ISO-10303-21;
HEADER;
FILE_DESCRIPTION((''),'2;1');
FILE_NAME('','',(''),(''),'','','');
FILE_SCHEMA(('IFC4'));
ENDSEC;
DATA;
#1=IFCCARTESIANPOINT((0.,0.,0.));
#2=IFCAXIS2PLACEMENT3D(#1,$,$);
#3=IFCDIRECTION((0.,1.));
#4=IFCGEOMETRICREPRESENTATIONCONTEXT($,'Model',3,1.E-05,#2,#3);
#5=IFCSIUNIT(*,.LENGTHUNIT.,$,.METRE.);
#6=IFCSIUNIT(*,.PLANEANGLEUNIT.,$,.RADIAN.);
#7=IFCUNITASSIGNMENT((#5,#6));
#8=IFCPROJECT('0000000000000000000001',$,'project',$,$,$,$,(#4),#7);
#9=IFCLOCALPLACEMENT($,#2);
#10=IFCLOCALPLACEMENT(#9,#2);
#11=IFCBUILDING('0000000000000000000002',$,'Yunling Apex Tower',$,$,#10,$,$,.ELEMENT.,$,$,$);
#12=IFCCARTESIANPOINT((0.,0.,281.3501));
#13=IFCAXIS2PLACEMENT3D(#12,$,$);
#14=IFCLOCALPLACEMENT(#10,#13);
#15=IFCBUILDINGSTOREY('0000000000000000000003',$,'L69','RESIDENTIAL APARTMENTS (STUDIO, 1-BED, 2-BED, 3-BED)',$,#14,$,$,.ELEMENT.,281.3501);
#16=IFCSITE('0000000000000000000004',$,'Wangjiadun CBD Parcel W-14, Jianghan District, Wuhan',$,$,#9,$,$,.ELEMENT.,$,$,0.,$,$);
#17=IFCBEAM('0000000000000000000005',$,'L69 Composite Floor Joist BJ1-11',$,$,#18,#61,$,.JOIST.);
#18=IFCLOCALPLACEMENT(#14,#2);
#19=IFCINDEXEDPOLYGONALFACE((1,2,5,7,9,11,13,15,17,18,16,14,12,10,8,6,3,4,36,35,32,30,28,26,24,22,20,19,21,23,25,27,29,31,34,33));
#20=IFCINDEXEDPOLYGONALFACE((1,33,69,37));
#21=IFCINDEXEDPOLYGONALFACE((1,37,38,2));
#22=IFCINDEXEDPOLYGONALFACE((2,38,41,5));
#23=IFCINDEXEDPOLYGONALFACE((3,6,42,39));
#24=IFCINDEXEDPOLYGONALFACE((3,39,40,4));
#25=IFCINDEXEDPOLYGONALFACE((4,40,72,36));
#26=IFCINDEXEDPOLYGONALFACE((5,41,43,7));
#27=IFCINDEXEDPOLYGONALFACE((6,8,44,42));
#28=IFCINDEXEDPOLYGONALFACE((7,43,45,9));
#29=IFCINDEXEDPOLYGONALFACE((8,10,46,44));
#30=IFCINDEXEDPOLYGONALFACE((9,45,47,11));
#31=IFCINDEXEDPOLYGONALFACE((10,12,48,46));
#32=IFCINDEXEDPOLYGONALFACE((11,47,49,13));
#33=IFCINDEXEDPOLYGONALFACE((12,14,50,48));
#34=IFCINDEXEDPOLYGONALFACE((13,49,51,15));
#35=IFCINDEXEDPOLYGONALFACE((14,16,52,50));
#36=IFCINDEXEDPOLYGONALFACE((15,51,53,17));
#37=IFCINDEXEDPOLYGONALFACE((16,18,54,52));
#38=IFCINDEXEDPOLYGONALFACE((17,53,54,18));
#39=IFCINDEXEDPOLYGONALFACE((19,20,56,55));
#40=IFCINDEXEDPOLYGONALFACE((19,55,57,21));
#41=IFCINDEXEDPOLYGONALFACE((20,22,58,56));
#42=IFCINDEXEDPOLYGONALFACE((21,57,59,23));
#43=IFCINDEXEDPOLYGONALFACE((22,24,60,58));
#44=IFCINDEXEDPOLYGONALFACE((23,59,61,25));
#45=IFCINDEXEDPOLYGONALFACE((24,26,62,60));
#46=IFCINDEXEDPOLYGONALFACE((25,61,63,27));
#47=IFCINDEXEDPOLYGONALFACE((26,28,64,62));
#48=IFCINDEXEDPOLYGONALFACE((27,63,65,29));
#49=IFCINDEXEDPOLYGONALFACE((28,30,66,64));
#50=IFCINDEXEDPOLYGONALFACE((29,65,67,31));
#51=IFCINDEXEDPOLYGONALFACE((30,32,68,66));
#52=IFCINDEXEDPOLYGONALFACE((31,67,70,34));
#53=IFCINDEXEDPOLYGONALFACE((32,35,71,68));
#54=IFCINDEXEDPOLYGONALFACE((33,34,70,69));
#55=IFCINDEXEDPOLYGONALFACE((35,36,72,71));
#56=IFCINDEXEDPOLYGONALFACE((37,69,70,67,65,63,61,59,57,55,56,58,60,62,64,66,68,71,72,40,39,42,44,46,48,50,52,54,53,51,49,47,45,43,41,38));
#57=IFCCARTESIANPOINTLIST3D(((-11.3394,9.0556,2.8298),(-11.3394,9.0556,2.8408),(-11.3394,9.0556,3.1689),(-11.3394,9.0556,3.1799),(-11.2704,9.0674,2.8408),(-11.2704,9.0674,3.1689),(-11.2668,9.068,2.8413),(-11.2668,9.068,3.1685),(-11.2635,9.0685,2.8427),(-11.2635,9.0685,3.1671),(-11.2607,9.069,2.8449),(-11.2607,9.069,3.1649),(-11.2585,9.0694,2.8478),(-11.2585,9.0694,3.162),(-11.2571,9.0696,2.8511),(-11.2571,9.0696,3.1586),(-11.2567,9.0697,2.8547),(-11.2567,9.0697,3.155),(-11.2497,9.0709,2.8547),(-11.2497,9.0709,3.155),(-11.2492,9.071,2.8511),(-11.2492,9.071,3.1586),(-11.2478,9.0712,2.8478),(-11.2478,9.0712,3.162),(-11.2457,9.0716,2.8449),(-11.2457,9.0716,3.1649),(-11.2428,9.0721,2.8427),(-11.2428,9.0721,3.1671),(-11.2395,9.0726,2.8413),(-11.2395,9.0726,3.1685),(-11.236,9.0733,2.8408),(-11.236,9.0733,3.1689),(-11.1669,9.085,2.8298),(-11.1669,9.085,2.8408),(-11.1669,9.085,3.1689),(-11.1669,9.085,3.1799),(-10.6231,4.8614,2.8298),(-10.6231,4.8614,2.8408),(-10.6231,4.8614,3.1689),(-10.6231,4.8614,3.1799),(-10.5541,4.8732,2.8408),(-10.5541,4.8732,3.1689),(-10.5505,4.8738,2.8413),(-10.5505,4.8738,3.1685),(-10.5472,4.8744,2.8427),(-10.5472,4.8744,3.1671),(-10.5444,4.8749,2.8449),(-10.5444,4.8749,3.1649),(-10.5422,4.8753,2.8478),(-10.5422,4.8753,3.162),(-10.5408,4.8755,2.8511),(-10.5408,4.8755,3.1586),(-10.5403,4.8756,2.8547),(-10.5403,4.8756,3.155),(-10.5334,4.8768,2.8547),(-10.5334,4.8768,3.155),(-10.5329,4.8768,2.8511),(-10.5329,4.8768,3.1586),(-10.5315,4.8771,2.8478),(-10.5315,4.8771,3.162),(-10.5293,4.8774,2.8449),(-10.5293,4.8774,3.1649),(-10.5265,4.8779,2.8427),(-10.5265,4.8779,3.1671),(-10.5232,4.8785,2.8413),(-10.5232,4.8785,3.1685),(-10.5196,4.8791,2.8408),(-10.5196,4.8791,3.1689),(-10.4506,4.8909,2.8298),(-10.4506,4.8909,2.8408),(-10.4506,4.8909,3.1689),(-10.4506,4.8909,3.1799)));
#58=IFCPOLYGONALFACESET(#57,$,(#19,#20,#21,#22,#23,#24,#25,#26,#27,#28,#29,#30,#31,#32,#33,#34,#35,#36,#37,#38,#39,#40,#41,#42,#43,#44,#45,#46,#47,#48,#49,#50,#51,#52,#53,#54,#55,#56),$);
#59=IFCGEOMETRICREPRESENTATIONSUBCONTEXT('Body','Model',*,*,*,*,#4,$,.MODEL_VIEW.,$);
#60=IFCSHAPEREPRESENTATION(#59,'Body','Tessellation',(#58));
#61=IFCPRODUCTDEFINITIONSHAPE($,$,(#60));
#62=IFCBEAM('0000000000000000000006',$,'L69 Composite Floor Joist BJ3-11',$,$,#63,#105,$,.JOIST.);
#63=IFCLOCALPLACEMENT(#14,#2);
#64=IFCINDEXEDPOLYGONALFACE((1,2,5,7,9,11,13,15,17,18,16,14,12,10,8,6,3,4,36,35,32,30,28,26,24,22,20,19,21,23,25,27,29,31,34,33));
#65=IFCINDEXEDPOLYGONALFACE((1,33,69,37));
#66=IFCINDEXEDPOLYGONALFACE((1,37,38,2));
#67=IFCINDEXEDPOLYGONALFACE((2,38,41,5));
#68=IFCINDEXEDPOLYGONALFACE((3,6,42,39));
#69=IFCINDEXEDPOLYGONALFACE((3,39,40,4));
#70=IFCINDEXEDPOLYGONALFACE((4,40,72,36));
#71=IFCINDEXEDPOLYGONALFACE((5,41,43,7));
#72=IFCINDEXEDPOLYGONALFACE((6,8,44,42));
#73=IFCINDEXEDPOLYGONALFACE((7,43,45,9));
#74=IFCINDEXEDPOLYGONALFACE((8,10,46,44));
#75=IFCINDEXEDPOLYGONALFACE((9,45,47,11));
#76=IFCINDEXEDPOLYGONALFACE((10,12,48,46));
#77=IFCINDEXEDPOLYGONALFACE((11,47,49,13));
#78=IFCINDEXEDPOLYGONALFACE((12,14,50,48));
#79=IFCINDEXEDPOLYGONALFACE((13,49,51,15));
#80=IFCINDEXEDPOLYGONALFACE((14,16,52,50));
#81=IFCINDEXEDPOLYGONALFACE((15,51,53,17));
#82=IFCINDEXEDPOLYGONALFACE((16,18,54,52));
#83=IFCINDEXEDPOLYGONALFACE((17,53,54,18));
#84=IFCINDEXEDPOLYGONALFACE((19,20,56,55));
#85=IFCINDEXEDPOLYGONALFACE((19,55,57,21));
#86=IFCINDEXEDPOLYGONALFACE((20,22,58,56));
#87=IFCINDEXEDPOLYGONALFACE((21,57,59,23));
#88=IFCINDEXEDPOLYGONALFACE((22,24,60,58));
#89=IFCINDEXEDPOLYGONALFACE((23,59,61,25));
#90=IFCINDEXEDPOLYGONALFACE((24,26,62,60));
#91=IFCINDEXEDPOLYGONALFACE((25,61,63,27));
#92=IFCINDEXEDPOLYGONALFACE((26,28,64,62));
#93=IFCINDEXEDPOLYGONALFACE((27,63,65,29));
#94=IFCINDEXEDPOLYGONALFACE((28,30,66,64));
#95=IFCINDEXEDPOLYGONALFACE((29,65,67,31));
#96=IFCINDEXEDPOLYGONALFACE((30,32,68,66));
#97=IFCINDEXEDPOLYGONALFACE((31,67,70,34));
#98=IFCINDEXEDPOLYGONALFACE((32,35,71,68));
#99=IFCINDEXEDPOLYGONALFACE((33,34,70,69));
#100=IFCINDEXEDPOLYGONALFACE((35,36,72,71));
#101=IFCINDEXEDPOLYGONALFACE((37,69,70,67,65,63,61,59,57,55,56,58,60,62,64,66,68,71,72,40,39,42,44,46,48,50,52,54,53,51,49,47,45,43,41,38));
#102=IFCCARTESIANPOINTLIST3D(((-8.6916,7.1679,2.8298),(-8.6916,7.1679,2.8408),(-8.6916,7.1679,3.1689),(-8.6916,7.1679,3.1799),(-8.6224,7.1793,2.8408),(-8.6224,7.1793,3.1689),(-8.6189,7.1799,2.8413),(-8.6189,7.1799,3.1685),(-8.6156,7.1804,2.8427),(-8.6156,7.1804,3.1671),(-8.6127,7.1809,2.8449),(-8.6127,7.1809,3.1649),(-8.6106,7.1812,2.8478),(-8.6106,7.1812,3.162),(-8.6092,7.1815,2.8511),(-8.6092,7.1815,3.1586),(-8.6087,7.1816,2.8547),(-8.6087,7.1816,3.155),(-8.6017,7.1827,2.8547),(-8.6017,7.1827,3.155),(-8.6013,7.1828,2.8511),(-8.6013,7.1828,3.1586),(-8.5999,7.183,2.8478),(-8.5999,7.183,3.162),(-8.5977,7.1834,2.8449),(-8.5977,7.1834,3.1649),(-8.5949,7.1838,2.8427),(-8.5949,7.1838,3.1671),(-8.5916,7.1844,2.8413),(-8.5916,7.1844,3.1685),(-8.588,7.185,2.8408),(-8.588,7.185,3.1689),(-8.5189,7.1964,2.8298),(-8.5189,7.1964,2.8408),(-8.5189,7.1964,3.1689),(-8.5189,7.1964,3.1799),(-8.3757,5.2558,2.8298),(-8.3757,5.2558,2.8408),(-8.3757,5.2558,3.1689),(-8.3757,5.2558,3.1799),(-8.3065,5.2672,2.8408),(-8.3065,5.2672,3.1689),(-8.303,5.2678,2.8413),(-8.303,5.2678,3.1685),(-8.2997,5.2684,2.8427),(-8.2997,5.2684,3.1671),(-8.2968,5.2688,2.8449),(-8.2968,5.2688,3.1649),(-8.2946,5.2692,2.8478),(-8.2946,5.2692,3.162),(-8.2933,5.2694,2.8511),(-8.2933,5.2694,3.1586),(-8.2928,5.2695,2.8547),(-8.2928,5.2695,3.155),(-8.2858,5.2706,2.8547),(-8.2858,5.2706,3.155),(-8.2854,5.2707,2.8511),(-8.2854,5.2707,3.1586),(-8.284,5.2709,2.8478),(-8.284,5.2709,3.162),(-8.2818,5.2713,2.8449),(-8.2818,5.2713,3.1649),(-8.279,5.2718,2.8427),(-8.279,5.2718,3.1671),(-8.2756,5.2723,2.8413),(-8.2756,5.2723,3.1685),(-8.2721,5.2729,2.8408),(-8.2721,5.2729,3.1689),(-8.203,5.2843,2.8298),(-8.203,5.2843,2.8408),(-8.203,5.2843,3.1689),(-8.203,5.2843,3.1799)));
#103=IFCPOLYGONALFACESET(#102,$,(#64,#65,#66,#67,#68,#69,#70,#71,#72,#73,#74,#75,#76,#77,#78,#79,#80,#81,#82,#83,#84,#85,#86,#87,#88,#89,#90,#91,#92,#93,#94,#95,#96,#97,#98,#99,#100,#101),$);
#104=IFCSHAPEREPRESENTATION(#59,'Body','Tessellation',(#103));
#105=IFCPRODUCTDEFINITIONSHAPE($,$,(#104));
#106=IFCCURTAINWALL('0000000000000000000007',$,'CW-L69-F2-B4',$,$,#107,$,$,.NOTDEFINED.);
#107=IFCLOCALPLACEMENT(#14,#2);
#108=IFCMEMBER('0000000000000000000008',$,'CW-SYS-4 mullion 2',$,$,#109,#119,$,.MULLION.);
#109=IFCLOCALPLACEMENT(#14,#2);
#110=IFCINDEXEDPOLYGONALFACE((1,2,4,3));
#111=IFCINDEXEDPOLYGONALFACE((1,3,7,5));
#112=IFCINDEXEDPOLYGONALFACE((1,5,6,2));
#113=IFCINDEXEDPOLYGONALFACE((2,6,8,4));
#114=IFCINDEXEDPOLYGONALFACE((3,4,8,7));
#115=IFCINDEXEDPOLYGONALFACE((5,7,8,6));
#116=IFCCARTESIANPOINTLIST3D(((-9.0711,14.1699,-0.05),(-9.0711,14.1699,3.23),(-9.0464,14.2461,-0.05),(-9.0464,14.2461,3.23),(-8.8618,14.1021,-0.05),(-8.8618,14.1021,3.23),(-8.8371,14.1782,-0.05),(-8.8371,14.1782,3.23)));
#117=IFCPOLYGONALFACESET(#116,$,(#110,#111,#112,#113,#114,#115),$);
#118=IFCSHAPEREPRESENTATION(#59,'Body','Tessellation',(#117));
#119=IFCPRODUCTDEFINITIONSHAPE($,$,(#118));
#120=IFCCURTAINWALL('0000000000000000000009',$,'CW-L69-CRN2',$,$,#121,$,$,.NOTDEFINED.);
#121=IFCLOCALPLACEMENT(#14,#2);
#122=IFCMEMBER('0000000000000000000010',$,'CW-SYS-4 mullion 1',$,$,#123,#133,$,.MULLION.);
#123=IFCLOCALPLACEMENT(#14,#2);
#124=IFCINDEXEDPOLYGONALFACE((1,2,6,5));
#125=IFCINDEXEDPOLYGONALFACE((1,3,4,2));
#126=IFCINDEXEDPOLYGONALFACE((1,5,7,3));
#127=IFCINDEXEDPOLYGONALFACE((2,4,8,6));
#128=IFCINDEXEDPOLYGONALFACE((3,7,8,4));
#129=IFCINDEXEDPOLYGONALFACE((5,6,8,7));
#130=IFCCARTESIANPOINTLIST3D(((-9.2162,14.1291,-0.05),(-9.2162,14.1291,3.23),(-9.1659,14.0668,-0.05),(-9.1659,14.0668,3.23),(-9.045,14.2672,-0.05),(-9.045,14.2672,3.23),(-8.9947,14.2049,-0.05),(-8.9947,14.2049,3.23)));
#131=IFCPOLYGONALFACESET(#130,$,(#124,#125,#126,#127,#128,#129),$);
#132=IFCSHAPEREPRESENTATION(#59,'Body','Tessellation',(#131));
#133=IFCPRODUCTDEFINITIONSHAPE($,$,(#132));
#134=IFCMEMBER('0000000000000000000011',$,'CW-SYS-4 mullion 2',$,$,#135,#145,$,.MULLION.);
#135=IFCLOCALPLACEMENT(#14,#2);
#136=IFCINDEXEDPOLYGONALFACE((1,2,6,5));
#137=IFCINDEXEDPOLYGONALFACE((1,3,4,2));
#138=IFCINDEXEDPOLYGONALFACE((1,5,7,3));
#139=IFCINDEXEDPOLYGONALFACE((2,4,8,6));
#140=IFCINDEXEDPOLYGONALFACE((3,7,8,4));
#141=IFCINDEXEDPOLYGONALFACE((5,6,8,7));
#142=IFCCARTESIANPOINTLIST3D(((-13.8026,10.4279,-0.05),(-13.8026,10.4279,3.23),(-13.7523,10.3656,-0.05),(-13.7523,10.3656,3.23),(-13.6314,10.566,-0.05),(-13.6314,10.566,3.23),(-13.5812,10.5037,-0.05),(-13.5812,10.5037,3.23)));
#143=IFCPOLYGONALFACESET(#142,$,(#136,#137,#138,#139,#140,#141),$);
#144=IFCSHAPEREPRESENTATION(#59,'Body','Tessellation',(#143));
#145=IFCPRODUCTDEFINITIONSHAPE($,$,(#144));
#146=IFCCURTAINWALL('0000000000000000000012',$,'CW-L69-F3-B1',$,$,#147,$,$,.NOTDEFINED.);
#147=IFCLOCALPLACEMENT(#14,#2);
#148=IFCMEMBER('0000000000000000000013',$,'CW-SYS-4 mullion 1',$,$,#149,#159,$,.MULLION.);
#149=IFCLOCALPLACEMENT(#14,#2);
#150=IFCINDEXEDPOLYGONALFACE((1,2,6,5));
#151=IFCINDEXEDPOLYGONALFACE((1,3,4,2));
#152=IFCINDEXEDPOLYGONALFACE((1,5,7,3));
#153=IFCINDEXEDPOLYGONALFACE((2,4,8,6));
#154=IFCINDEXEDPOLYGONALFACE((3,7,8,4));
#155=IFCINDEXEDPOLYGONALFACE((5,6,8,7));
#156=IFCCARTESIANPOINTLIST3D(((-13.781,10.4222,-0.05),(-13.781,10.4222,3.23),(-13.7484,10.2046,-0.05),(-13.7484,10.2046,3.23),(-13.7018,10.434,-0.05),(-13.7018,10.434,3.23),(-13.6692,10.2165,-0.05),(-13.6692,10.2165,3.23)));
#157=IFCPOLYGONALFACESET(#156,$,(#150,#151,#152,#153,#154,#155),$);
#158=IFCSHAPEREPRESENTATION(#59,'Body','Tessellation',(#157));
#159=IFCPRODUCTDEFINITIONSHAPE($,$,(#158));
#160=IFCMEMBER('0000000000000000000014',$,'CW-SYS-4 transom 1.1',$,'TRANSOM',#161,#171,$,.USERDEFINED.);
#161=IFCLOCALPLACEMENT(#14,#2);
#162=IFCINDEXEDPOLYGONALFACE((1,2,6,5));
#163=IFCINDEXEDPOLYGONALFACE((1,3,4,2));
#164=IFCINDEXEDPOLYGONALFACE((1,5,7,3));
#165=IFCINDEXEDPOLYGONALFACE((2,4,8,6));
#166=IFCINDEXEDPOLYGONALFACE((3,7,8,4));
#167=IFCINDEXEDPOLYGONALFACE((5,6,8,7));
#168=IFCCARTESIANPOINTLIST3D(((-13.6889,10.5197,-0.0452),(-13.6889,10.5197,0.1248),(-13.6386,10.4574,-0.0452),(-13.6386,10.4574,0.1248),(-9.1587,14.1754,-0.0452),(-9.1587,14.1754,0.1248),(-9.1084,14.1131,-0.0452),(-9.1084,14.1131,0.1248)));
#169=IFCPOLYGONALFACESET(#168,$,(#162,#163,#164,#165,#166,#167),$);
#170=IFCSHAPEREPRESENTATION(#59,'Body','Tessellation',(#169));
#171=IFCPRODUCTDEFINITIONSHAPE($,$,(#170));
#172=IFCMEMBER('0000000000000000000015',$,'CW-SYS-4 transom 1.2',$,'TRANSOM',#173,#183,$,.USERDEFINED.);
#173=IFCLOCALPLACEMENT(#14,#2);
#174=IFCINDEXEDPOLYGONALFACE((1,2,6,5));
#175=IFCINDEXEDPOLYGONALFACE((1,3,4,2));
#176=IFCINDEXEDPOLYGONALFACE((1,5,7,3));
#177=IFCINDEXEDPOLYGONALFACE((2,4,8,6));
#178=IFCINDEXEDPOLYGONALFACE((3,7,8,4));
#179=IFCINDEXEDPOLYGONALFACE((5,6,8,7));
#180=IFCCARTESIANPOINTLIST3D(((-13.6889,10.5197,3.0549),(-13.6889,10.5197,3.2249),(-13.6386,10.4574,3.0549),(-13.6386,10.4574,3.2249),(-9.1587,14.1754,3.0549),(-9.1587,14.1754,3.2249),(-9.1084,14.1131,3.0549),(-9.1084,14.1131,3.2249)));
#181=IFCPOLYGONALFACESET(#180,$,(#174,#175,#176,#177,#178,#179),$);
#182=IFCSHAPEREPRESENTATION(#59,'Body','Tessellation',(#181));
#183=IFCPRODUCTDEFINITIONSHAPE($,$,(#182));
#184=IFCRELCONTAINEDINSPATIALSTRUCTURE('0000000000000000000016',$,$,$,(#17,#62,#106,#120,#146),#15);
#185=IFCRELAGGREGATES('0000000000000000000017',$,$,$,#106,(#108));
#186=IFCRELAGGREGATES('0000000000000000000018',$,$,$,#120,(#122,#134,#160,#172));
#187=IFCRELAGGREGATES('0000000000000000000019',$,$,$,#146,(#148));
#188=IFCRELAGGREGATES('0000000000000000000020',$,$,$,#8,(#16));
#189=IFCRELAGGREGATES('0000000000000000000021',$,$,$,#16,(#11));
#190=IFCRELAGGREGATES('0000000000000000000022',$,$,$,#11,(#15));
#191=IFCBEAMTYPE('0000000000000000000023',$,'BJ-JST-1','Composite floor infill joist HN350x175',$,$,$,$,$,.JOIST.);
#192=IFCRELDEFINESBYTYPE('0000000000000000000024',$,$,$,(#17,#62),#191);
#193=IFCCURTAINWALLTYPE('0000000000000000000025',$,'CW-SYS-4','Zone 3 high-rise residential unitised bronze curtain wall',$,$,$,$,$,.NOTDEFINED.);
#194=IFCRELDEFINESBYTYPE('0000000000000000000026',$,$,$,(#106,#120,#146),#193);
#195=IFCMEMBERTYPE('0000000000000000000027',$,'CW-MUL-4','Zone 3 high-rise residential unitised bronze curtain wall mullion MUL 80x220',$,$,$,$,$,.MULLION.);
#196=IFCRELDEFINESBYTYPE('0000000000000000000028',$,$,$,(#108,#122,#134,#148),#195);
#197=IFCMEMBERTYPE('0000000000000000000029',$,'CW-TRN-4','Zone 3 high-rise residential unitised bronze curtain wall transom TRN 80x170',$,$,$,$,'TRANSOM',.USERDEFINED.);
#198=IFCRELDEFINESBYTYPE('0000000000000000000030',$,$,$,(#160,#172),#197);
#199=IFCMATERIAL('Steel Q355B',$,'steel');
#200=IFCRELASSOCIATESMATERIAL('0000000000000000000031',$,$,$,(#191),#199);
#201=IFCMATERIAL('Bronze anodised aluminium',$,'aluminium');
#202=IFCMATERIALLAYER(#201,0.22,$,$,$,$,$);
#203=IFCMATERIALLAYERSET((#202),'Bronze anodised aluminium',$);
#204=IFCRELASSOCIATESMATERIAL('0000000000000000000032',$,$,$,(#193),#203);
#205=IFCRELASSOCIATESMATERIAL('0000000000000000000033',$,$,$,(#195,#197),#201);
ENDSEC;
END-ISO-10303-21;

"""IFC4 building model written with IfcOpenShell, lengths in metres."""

from ifc_helpers import new_model, si_unit, direction, frame, origin, origin_2d, place, context, subcontext, project, spatial, rectangle, i_section, extrude, source, transform, mapped, material, layer, layer_set, material_profile, profile_set, type_object, element, aggregate, save


model = new_model("IFC4")

# Units and contexts
model_context = context("Model", 3, precision=1e-05, world=origin(), true_north=direction((0.0, 1.0)))
body_context = subcontext(model_context, "Body", "Model", "MODEL_VIEW")
ifc_project = project(units=[si_unit("LENGTHUNIT", "METRE"), si_unit("PLANEANGLEUNIT", "RADIAN")], contexts=[model_context])

# Site, building, storey
site_placement = place(None, origin())
site = spatial("IfcSite", under=ifc_project, at=site_placement, Name="Wangjiadun CBD Parcel W-14, Jianghan District, Wuhan", CompositionType="ELEMENT", RefElevation=0.0)
building_placement = place(site_placement, origin())
building = spatial("IfcBuilding", under=site, at=building_placement, Name="Yunling Apex Tower", CompositionType="ELEMENT")
storey_placement = place(building_placement, frame((0.0, 0.0, 281.3501)))
storey = spatial("IfcBuildingStorey", under=building, at=storey_placement, Name="L69", Description="RESIDENTIAL APARTMENTS (STUDIO, 1-BED, 2-BED, 3-BED)", CompositionType="ELEMENT", Elevation=281.3501)

# Shared definitions
ifc_material_1 = material(Name="Steel Q355B", Category="steel")

# Beams
ifc_material_profile_1 = material_profile(ifc_material_1, i_section(OverallWidth=0.175, OverallDepth=0.3501, WebThickness=0.0071, FlangeThickness=0.011, FilletRadius=0.0139, at=origin_2d()))
ifc_profile_set_1 = profile_set([ifc_material_profile_1], Name="Steel Q355B")
beam_type_1 = type_object("IfcBeamType", Name="BJ-JST-1", Description="Composite floor infill joist HN350x175", PredefinedType="JOIST", material=ifc_profile_set_1)
shared_shape_1 = source(origin(), body_context, "Body", "SweptSolid", [
    extrude(i_section(OverallWidth=0.175, OverallDepth=0.3501, WebThickness=0.0071, FlangeThickness=0.011, FilletRadius=0.0139, at=origin_2d()), origin(), (0.0, 0.0, 1.0), 4.2549),
])
beam_1_placement = place(storey_placement, frame((-11.2532, 9.0703, 3.0049), z_axis=(0.168352, -0.985727, 0.0), x_axis=(0.985727, 0.168352, 0.0)))
element("IfcBeam", 1, at=beam_1_placement, inside=storey, type_object=beam_type_1, Name="L69 Composite Floor Joist BJ1-11", PredefinedType="JOIST", context=body_context, shape_type="MappedRepresentation", body=[
    mapped(shared_shape_1, transform((0.0, 0.0, 0.0), scale=1.0)),
])
shared_shape_2 = source(origin(), body_context, "Body", "SweptSolid", [
    extrude(i_section(OverallWidth=0.175, OverallDepth=0.3501, WebThickness=0.0071, FlangeThickness=0.011, FilletRadius=0.0139, at=origin_2d()), origin(), (0.0, 0.0, 1.0), 1.938),
])
beam_2_placement = place(storey_placement, frame((-8.6052, 7.1821, 3.0049), z_axis=(0.16301, -0.986624, 0.0), x_axis=(0.986624, 0.16301, 0.0)))
element("IfcBeam", 2, at=beam_2_placement, inside=storey, type_object=beam_type_1, Name="L69 Composite Floor Joist BJ3-11", PredefinedType="JOIST", context=body_context, shape_type="MappedRepresentation", body=[
    mapped(shared_shape_2, transform((0.0, 0.0, 0.0), scale=1.0)),
])

# Curtain wall, member
ifc_material_2 = material(Name="Bronze anodised aluminium", Category="aluminium")
ifc_layer_1 = layer(ifc_material_2, 0.22)
ifc_layer_set_1 = layer_set([ifc_layer_1], Name="Bronze anodised aluminium")
curtain_wall_type = type_object("IfcCurtainWallType", Name="CW-SYS-4", Description="Zone 3 high-rise residential unitised bronze curtain wall", PredefinedType="NOTDEFINED", material=ifc_layer_set_1)
curtain_wall_1_placement = place(storey_placement, origin())
curtain_wall_1 = element("IfcCurtainWall", 3, at=curtain_wall_1_placement, inside=storey, type_object=curtain_wall_type, Name="CW-L69-F2-B4", PredefinedType="NOTDEFINED")
ifc_material_profile_2 = material_profile(ifc_material_2, rectangle(XDim=0.0801, YDim=0.22, at=origin_2d()))
ifc_profile_set_2 = profile_set([ifc_material_profile_2], Name="Bronze anodised aluminium")
member_type_1 = type_object("IfcMemberType", Name="CW-MUL-4", Description="Zone 3 high-rise residential unitised bronze curtain wall mullion MUL 80x220", PredefinedType="MULLION", material=ifc_profile_set_2)
shared_shape_3 = source(origin(), body_context, "Body", "SweptSolid", [
    extrude(rectangle(XDim=0.0801, YDim=0.22, at=origin_2d()), origin(), (0.0, 0.0, 1.0), 3.28),
])
member_1_placement = place(storey_placement, frame((-8.9541, 14.1741, -0.05), z_axis=(0.0, 0.0, 1.0), x_axis=(-0.308353, -0.951272, 0.0)))
member_1 = element("IfcMember", 4, at=member_1_placement, type_object=member_type_1, Name="CW-SYS-4 mullion 2", PredefinedType="MULLION", context=body_context, shape_type="MappedRepresentation", body=[
    mapped(shared_shape_3, transform((0.0, 0.0, 0.0), scale=1.0)),
])

# Curtain wall, members
curtain_wall_2_placement = place(storey_placement, origin())
curtain_wall_2 = element("IfcCurtainWall", 5, at=curtain_wall_2_placement, inside=storey, type_object=curtain_wall_type, Name="CW-L69-CRN2", PredefinedType="NOTDEFINED")
member_2_placement = place(storey_placement, frame((-9.1055, 14.167, -0.05), z_axis=(0.0, 0.0, 1.0), x_axis=(0.627989, -0.778222, 0.0)))
member_2 = element("IfcMember", 6, at=member_2_placement, type_object=member_type_1, Name="CW-SYS-4 mullion 1", PredefinedType="MULLION", context=body_context, shape_type="MappedRepresentation", body=[
    mapped(shared_shape_3, transform((0.0, 0.0, 0.0), scale=1.0)),
])
member_3_placement = place(storey_placement, frame((-13.6919, 10.4658, -0.05), z_axis=(0.0, 0.0, 1.0), x_axis=(0.627989, -0.778222, 0.0)))
member_3 = element("IfcMember", 7, at=member_3_placement, type_object=member_type_1, Name="CW-SYS-4 mullion 2", PredefinedType="MULLION", context=body_context, shape_type="MappedRepresentation", body=[
    mapped(shared_shape_3, transform((0.0, 0.0, 0.0), scale=1.0)),
])

# Curtain wall, member
curtain_wall_3_placement = place(storey_placement, origin())
curtain_wall_3 = element("IfcCurtainWall", 8, at=curtain_wall_3_placement, inside=storey, type_object=curtain_wall_type, Name="CW-L69-F3-B1", PredefinedType="NOTDEFINED")
member_4_placement = place(storey_placement, frame((-13.7251, 10.3193, -0.05), z_axis=(0.0, 0.0, 1.0), x_axis=(0.989016, 0.147807, 0.0)))
member_4 = element("IfcMember", 9, at=member_4_placement, type_object=member_type_1, Name="CW-SYS-4 mullion 1", PredefinedType="MULLION", context=body_context, shape_type="MappedRepresentation", body=[
    mapped(shared_shape_3, transform((0.0, 0.0, 0.0), scale=1.0)),
])

# Members
ifc_material_profile_3 = material_profile(ifc_material_2, rectangle(XDim=0.0801, YDim=0.1699, at=origin_2d()))
ifc_profile_set_3 = profile_set([ifc_material_profile_3], Name="Bronze anodised aluminium")
member_type_2 = type_object("IfcMemberType", Name="CW-TRN-4", Description="Zone 3 high-rise residential unitised bronze curtain wall transom TRN 80x170", ElementType="TRANSOM", PredefinedType="USERDEFINED", material=ifc_profile_set_3)
shared_shape_4 = source(origin(), body_context, "Body", "SweptSolid", [
    extrude(rectangle(XDim=0.0801, YDim=0.1699, at=origin_2d()), origin(), (0.0, 0.0, 1.0), 5.8213),
])
member_5_placement = place(storey_placement, frame((-9.1335, 14.1443, 0.0398), z_axis=(-0.778219, -0.627993, 0.0), x_axis=(0.627993, -0.778219, 0.0)))
member_5 = element("IfcMember", 10, at=member_5_placement, type_object=member_type_2, Name="CW-SYS-4 transom 1.1", ObjectType="TRANSOM", PredefinedType="USERDEFINED", context=body_context, shape_type="MappedRepresentation", body=[
    mapped(shared_shape_4, transform((0.0, 0.0, 0.0), scale=1.0)),
])
member_6_placement = place(storey_placement, frame((-9.1335, 14.1443, 3.1399), z_axis=(-0.778219, -0.627993, 0.0), x_axis=(0.627993, -0.778219, 0.0)))
member_6 = element("IfcMember", 11, at=member_6_placement, type_object=member_type_2, Name="CW-SYS-4 transom 1.2", ObjectType="TRANSOM", PredefinedType="USERDEFINED", context=body_context, shape_type="MappedRepresentation", body=[
    mapped(shared_shape_4, transform((0.0, 0.0, 0.0), scale=1.0)),
])

aggregate(curtain_wall_1, [member_1])
aggregate(curtain_wall_2, [member_2, member_3, member_5, member_6])
aggregate(curtain_wall_3, [member_4])

save(model, "model.ifc")
